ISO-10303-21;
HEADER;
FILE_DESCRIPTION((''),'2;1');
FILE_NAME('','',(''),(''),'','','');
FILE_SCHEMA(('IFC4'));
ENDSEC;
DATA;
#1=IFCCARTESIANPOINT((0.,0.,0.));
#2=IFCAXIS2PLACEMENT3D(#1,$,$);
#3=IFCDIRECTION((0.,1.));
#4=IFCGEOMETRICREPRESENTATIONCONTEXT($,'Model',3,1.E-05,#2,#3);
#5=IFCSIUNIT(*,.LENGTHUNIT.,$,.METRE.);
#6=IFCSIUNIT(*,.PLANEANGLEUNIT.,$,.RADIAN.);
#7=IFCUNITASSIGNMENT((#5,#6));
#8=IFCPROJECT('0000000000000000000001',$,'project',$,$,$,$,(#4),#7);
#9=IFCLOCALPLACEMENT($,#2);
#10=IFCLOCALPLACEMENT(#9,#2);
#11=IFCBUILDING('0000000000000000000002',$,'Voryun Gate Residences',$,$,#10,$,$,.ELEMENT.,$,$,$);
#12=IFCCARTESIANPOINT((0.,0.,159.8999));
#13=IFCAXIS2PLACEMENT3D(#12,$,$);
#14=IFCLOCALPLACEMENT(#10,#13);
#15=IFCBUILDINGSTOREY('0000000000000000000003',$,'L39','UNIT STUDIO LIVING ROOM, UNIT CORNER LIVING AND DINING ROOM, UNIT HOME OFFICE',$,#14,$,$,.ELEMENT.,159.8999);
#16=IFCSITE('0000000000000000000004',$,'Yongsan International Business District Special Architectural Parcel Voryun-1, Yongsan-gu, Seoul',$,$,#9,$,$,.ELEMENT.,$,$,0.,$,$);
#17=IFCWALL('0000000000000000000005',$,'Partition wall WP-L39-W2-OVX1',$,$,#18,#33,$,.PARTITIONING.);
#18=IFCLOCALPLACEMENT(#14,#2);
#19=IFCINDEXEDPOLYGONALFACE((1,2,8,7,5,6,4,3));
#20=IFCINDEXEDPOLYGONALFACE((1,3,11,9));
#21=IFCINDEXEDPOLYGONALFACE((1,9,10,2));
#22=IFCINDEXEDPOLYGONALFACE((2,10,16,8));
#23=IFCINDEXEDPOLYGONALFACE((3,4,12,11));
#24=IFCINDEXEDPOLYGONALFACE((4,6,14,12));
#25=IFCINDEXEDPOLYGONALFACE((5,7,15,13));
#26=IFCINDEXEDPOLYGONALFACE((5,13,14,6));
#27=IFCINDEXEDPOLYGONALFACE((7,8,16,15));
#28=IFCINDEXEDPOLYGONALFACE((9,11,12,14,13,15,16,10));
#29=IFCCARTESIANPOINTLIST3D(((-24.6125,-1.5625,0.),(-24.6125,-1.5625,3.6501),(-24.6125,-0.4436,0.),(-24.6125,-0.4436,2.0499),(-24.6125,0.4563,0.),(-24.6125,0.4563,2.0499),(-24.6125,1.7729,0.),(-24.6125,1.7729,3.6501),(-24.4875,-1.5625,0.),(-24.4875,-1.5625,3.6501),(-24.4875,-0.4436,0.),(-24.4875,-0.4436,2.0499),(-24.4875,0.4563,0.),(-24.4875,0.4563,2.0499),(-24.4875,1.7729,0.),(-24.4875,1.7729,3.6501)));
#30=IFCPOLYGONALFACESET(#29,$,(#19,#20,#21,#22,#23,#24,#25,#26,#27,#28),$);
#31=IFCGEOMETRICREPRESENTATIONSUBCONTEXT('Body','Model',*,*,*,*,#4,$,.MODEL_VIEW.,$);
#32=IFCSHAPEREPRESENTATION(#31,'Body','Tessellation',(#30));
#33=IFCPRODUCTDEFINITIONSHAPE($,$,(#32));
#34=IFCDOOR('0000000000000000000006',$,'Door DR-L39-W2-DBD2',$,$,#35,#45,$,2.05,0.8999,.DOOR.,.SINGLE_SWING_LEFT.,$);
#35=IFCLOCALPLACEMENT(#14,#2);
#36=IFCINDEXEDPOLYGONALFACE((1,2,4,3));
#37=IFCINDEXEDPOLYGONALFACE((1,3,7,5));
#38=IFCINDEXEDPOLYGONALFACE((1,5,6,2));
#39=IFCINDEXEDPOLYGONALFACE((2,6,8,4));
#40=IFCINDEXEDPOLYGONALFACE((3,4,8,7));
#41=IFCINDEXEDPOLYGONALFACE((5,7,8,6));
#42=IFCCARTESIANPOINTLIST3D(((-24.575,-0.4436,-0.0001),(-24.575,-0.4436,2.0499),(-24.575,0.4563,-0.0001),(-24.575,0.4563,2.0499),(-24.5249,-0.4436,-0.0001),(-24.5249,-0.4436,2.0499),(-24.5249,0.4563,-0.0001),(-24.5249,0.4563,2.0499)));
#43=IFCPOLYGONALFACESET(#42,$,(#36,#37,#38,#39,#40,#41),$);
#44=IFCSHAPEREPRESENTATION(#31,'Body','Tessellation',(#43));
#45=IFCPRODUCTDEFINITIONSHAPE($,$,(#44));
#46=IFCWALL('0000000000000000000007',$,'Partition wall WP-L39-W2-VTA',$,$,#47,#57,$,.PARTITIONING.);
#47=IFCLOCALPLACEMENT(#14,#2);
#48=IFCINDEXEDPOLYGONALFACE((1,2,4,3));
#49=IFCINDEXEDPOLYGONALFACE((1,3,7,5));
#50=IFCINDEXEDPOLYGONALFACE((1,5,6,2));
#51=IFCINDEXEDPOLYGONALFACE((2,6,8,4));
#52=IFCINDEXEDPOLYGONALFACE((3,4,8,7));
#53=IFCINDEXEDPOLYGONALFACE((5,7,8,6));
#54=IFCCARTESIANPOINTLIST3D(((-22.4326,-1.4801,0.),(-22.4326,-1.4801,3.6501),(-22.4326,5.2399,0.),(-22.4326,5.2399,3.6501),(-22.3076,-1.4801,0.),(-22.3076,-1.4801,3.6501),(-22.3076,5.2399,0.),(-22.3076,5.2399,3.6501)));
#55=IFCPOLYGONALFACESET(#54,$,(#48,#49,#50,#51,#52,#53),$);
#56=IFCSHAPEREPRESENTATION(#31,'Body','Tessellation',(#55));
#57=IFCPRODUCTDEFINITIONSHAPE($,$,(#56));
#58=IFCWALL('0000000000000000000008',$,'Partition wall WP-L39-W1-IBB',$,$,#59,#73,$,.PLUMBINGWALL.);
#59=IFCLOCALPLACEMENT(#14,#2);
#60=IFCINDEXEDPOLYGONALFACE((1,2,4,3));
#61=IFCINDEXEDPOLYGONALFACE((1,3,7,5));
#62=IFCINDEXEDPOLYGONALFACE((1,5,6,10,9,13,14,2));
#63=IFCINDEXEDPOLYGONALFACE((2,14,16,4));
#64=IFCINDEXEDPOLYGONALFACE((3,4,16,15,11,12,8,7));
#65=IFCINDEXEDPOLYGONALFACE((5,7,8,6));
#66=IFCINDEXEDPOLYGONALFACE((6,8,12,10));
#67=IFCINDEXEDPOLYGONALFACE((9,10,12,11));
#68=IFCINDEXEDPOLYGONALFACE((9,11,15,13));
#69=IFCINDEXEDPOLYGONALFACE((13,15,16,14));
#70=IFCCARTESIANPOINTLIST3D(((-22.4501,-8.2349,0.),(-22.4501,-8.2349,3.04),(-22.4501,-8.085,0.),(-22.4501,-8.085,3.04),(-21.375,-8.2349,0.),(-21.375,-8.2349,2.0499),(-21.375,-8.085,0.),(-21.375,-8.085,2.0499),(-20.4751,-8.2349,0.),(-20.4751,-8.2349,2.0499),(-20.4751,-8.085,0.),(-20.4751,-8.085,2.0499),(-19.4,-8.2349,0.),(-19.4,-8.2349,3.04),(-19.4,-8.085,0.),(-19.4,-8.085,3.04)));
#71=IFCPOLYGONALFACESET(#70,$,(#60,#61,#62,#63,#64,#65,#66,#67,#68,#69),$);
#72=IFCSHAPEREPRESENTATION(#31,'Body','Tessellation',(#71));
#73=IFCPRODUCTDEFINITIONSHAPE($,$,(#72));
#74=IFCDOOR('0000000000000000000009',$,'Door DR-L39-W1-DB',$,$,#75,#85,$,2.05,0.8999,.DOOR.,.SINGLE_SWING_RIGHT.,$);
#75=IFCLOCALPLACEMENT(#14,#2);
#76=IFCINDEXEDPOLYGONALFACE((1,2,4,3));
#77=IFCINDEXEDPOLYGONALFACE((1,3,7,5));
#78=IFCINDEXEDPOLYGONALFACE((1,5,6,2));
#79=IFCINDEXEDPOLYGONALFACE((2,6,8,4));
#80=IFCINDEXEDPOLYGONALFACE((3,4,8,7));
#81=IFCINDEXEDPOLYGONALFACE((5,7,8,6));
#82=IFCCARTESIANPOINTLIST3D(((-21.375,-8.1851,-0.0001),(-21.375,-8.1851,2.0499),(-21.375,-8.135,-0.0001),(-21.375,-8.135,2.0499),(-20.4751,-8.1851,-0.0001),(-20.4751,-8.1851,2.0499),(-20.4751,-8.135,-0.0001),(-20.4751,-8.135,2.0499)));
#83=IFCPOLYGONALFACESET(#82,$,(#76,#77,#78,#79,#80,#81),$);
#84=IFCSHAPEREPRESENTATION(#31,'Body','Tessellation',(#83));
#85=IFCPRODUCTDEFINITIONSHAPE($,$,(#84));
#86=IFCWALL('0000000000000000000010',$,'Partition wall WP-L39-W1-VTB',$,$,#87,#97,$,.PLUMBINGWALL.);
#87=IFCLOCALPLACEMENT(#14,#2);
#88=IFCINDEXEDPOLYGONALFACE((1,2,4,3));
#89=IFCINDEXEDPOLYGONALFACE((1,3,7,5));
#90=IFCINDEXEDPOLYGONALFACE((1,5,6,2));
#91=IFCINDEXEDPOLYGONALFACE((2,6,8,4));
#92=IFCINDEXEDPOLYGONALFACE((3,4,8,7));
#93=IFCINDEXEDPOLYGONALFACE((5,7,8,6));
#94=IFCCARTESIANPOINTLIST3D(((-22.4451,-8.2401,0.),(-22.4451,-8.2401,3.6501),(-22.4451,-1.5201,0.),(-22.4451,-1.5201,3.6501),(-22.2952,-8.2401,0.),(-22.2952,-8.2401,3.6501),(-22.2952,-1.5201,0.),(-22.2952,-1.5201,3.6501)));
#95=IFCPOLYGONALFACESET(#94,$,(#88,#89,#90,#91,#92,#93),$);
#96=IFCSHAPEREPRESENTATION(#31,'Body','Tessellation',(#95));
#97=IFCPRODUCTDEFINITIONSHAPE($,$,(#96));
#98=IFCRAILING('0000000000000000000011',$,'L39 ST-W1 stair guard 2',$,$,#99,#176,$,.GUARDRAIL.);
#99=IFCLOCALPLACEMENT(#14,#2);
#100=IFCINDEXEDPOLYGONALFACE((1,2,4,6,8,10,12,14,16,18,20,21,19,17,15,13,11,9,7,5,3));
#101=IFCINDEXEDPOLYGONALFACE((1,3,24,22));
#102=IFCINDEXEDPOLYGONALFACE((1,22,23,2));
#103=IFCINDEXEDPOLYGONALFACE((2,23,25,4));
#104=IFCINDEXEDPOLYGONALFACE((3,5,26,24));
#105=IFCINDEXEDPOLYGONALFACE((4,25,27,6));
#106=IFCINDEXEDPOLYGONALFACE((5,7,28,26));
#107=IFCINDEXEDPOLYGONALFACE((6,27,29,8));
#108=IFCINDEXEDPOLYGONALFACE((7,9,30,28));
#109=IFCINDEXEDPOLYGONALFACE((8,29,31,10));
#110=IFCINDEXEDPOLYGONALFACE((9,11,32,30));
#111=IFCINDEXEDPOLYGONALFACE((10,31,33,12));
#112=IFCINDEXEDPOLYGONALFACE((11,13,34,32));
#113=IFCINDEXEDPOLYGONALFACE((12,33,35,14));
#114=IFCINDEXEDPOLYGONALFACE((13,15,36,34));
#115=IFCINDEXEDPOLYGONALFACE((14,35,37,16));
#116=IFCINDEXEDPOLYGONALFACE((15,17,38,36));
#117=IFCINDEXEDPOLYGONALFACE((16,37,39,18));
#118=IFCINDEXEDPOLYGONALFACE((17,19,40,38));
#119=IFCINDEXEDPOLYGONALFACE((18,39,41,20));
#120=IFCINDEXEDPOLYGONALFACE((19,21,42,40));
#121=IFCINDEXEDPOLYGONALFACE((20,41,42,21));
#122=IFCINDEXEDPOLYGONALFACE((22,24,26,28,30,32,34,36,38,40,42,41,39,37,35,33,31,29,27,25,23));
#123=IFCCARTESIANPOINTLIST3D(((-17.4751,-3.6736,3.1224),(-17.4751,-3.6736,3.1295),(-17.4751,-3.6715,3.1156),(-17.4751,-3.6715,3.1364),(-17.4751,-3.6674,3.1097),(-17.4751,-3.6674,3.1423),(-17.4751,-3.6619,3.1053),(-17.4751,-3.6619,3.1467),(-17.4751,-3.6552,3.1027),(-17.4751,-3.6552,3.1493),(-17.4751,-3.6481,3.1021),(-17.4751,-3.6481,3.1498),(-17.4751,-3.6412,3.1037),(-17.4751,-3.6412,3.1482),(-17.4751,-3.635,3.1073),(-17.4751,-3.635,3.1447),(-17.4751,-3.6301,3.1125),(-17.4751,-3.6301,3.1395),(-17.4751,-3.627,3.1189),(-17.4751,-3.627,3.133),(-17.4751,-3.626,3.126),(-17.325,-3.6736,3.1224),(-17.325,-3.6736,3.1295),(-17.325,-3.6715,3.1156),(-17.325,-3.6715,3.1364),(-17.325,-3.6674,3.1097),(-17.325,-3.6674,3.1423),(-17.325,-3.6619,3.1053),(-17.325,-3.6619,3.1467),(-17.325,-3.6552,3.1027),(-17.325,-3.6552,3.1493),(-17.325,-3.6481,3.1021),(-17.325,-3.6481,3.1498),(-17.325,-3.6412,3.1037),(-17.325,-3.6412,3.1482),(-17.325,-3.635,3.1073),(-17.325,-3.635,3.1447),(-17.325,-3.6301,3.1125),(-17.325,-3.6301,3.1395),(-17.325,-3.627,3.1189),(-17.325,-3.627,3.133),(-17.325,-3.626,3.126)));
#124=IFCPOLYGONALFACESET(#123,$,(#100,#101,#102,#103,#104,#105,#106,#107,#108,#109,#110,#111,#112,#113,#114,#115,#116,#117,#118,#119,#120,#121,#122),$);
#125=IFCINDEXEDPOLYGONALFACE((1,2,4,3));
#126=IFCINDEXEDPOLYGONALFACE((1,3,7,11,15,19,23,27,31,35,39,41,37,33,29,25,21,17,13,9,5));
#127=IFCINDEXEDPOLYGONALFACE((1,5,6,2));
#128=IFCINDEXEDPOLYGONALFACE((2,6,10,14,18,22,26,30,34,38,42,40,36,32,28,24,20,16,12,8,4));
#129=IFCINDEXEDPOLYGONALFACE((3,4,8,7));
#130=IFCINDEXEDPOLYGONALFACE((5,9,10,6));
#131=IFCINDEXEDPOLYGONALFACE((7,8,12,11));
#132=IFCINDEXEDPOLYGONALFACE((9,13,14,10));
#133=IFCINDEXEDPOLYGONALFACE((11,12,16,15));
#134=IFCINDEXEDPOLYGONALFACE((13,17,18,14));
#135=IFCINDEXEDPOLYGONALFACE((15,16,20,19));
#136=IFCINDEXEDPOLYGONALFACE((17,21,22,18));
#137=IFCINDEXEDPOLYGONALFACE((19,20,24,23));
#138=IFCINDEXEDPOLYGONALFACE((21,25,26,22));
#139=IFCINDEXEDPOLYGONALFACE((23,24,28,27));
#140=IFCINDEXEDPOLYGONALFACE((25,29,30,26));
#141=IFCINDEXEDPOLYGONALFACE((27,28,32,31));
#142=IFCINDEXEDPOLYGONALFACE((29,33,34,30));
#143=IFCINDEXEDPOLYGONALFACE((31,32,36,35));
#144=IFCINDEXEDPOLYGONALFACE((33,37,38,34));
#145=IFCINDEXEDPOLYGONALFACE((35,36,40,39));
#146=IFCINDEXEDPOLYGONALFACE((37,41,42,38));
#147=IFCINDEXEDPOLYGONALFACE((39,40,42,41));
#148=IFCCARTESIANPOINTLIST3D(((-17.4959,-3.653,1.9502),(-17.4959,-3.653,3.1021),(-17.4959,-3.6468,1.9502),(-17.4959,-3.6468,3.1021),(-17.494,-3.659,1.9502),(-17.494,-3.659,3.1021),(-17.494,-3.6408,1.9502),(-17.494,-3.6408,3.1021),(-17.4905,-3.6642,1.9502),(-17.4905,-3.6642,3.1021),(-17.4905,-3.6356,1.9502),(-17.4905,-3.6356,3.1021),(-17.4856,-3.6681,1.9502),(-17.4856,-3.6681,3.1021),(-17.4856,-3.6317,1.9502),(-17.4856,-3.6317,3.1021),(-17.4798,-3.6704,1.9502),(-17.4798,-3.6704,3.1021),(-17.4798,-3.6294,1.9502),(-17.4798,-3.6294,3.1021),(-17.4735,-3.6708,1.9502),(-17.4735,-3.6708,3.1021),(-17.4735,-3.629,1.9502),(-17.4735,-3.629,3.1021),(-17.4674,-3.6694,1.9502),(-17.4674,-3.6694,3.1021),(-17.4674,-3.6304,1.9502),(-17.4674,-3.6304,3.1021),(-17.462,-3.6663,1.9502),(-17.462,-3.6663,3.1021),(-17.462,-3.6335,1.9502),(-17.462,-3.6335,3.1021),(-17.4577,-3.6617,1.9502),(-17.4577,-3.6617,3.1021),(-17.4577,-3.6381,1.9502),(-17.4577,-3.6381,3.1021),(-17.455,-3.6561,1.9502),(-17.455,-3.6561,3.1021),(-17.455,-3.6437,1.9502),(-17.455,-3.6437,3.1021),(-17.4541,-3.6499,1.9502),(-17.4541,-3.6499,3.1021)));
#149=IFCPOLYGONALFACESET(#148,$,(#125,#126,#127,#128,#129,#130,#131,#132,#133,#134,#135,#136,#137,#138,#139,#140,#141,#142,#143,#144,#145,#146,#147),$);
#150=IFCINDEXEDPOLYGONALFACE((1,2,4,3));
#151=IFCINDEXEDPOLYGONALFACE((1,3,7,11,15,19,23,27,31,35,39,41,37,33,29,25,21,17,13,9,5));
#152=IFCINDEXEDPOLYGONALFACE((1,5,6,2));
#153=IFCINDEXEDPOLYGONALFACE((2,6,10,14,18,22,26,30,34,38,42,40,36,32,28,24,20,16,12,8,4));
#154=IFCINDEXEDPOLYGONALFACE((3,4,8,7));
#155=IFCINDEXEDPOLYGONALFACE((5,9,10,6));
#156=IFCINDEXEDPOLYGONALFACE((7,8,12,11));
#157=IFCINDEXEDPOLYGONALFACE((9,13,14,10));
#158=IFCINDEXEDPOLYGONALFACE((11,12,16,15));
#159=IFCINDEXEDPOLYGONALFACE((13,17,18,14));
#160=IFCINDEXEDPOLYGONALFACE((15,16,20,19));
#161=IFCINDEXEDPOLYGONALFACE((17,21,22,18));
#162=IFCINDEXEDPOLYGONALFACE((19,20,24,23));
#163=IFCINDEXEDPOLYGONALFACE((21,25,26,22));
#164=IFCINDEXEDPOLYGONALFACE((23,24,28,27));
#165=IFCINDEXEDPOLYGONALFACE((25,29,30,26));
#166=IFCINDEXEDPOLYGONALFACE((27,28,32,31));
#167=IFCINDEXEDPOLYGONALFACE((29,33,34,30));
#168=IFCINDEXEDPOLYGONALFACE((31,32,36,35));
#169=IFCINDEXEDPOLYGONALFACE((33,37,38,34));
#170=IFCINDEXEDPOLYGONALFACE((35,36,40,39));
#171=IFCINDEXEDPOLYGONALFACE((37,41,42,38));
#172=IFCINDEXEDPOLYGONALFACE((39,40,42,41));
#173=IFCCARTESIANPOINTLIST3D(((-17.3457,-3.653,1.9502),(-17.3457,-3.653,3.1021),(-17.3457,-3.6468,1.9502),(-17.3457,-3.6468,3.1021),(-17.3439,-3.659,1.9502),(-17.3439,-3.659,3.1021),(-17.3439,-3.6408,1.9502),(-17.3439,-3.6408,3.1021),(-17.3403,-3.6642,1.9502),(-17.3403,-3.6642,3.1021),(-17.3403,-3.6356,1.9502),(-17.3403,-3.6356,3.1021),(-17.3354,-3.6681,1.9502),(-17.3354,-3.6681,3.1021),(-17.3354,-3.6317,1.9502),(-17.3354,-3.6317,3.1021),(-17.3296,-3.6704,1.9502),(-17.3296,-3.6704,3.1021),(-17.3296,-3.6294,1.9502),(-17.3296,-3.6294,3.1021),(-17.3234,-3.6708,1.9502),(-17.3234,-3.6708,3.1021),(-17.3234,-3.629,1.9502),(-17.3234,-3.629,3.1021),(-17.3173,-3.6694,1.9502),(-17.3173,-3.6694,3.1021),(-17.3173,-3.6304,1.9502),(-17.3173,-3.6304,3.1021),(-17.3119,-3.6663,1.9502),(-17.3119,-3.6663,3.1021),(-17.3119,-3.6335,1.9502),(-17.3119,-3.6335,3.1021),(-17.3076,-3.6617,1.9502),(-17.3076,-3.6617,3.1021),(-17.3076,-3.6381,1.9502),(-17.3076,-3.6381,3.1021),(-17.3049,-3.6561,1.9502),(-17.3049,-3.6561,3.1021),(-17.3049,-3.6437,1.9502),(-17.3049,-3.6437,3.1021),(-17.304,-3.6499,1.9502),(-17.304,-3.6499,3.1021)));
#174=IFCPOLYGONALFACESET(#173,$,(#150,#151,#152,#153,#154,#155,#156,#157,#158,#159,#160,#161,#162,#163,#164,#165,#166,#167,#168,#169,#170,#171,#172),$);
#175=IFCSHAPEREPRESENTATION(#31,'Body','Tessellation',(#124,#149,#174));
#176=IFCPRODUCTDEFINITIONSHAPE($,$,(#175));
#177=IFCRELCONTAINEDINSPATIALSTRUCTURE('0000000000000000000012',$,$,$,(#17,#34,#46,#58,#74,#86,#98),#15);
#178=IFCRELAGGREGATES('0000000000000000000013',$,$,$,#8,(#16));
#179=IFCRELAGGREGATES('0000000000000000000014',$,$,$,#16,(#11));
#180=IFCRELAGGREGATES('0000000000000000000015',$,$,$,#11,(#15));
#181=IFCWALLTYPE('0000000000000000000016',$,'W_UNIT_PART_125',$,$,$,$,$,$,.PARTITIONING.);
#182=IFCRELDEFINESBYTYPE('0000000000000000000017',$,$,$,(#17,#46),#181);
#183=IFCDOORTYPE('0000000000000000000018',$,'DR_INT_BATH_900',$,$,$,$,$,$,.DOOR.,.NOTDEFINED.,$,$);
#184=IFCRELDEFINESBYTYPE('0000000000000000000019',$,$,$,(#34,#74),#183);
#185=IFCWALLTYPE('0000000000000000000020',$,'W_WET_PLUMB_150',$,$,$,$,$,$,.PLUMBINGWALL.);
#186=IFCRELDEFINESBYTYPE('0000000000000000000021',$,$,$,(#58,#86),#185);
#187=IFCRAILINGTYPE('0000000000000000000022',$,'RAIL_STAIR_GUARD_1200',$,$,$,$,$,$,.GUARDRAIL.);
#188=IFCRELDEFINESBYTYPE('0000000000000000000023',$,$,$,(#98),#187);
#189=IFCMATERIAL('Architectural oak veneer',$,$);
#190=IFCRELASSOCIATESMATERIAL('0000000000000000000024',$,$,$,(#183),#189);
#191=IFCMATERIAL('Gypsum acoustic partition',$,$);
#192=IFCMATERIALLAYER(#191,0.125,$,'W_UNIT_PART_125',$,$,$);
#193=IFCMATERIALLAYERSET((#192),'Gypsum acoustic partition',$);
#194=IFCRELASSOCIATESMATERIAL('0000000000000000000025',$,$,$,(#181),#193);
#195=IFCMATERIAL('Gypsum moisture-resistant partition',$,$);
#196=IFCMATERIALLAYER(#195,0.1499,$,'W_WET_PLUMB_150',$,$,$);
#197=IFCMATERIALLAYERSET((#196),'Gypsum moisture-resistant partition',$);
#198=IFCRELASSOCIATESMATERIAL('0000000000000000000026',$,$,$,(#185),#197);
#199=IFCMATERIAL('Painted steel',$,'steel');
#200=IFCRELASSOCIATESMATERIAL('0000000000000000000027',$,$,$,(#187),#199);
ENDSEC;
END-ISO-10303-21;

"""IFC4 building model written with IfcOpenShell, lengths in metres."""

from ifc_helpers import new_model, si_unit, direction, frame, frame_2d, origin, origin_2d, place, context, subcontext, project, spatial, rectangle, circle, extrude, material, layer, layer_set, type_object, element, fill, save


model = new_model("IFC4")

# Units and contexts
model_context = context("Model", 3, precision=1e-05, world=origin(), true_north=direction((0.0, 1.0)))
body_context = subcontext(model_context, "Body", "Model", "MODEL_VIEW")
ifc_project = project(units=[si_unit("LENGTHUNIT", "METRE"), si_unit("PLANEANGLEUNIT", "RADIAN")], contexts=[model_context])

# Site, building, storey
site_placement = place(None, origin())
site = spatial("IfcSite", under=ifc_project, at=site_placement, Name="Yongsan International Business District Special Architectural Parcel Voryun-1, Yongsan-gu, Seoul", CompositionType="ELEMENT", RefElevation=0.0)
building_placement = place(site_placement, origin())
building = spatial("IfcBuilding", under=site, at=building_placement, Name="Voryun Gate Residences", CompositionType="ELEMENT")
storey_placement = place(building_placement, frame((0.0, 0.0, 159.8999)))
storey = spatial("IfcBuildingStorey", under=building, at=storey_placement, Name="L39", Description="UNIT STUDIO LIVING ROOM, UNIT CORNER LIVING AND DINING ROOM, UNIT HOME OFFICE", CompositionType="ELEMENT", Elevation=159.8999)

# Shared definitions
ifc_material_1 = material(Name="Architectural oak veneer")
door_type_1 = type_object("IfcDoorType", Name="DR_INT_BATH_900", OperationType="NOTDEFINED", PredefinedType="DOOR", material=ifc_material_1)

# Shared definitions
ifc_material_2 = material(Name="Gypsum acoustic partition")
ifc_layer_1 = layer(ifc_material_2, 0.125, Name="W_UNIT_PART_125")
ifc_layer_set_1 = layer_set([ifc_layer_1], Name="Gypsum acoustic partition")
wall_type_1 = type_object("IfcWallType", Name="W_UNIT_PART_125", PredefinedType="PARTITIONING", material=ifc_layer_set_1)

# Wall, opening, door
wall_1_placement = place(storey_placement, frame((-24.55, -1.5625, 0.0), z_axis=(0.0, 0.0, 1.0), x_axis=(0.0, 1.0, 0.0)))
wall_1 = element("IfcWall", 1, at=wall_1_placement, inside=storey, type_object=wall_type_1, Name="Partition wall WP-L39-W2-OVX1", PredefinedType="PARTITIONING", context=body_context, shape_type="SweptSolid", body=[
    extrude(rectangle(XDim=3.3354, YDim=0.125, at=frame_2d((1.6677, 0.0))), origin(), (0.0, 0.0, 1.0), 3.6501),
])
opening_1_placement = place(wall_1_placement, frame((1.1189, 0.0, 0.0)))
opening_1 = element("IfcOpeningElement", 2, at=opening_1_placement, cuts=wall_1, PredefinedType="OPENING", context=body_context, shape_type="SweptSolid", body=[
    extrude(rectangle(XDim=0.8999, YDim=2.05, at=frame_2d((0.45, 1.0249))), frame((0.0, 0.0725, 0.0), z_axis=(0.0, -1.0, 0.0), x_axis=(1.0, 0.0, 0.0)), (0.0, 0.0, 1.0), 0.145),
])
door_1_placement = place(opening_1_placement, origin())
door_1 = element("IfcDoor", 3, at=door_1_placement, inside=storey, type_object=door_type_1, Name="Door DR-L39-W2-DBD2", OperationType="SINGLE_SWING_LEFT", OverallHeight=2.05, OverallWidth=0.8999, PredefinedType="DOOR", context=body_context, shape_type="SweptSolid", body=[
    extrude(rectangle(XDim=0.8999, YDim=2.05, at=frame_2d((0.45, 1.0249))), frame((0.0, 0.0249, 0.0), z_axis=(0.0, -1.0, 0.0), x_axis=(1.0, 0.0, 0.0)), (0.0, 0.0, 1.0), 0.05),
])
fill(opening_1, door_1)

# Wall
wall_2_placement = place(storey_placement, frame((-22.3701, -1.48, 0.0), z_axis=(0.0, 0.0, 1.0), x_axis=(0.0, 1.0, 0.0)))
element("IfcWall", 4, at=wall_2_placement, inside=storey, type_object=wall_type_1, Name="Partition wall WP-L39-W2-VTA", PredefinedType="PARTITIONING", context=body_context, shape_type="SweptSolid", body=[
    extrude(rectangle(XDim=6.72, YDim=0.125, at=frame_2d((3.3599, 0.0))), origin(), (0.0, 0.0, 1.0), 3.6501),
])

# Wall, opening, door
ifc_material_3 = material(Name="Gypsum moisture-resistant partition")
ifc_layer_2 = layer(ifc_material_3, 0.1499, Name="W_WET_PLUMB_150")
ifc_layer_set_2 = layer_set([ifc_layer_2], Name="Gypsum moisture-resistant partition")
wall_type_2 = type_object("IfcWallType", Name="W_WET_PLUMB_150", PredefinedType="PLUMBINGWALL", material=ifc_layer_set_2)
wall_3_placement = place(storey_placement, frame((-22.45, -8.1599, 0.0), z_axis=(0.0, 0.0, 1.0), x_axis=(1.0, 0.0, 0.0)))
wall_3 = element("IfcWall", 5, at=wall_3_placement, inside=storey, type_object=wall_type_2, Name="Partition wall WP-L39-W1-IBB", PredefinedType="PLUMBINGWALL", context=body_context, shape_type="SweptSolid", body=[
    extrude(rectangle(XDim=3.05, YDim=0.1499, at=frame_2d((1.5249, 0.0))), origin(), (0.0, 0.0, 1.0), 3.04),
])
opening_2_placement = place(wall_3_placement, frame((1.075, 0.0, 0.0)))
opening_2 = element("IfcOpeningElement", 6, at=opening_2_placement, cuts=wall_3, PredefinedType="OPENING", context=body_context, shape_type="SweptSolid", body=[
    extrude(rectangle(XDim=0.8999, YDim=2.05, at=frame_2d((0.45, 1.0249))), frame((0.0, 0.085, 0.0), z_axis=(0.0, -1.0, 0.0), x_axis=(1.0, 0.0, 0.0)), (0.0, 0.0, 1.0), 0.1699),
])
door_2_placement = place(opening_2_placement, origin())
door_2 = element("IfcDoor", 7, at=door_2_placement, inside=storey, type_object=door_type_1, Name="Door DR-L39-W1-DB", OperationType="SINGLE_SWING_RIGHT", OverallHeight=2.05, OverallWidth=0.8999, PredefinedType="DOOR", context=body_context, shape_type="SweptSolid", body=[
    extrude(rectangle(XDim=0.8999, YDim=2.05, at=frame_2d((0.45, 1.0249))), frame((0.0, 0.0249, 0.0), z_axis=(0.0, -1.0, 0.0), x_axis=(1.0, 0.0, 0.0)), (0.0, 0.0, 1.0), 0.05),
])
fill(opening_2, door_2)

# Wall
wall_4_placement = place(storey_placement, frame((-22.3701, -8.24, 0.0), z_axis=(0.0, 0.0, 1.0), x_axis=(0.0, 1.0, 0.0)))
element("IfcWall", 8, at=wall_4_placement, inside=storey, type_object=wall_type_2, Name="Partition wall WP-L39-W1-VTB", PredefinedType="PLUMBINGWALL", context=body_context, shape_type="SweptSolid", body=[
    extrude(rectangle(XDim=6.72, YDim=0.1499, at=frame_2d((3.3599, 0.0))), origin(), (0.0, 0.0, 1.0), 3.6501),
])

# Railing
ifc_material_4 = material(Name="Painted steel", Category="steel")
railing_type = type_object("IfcRailingType", Name="RAIL_STAIR_GUARD_1200", PredefinedType="GUARDRAIL", material=ifc_material_4)
railing_1_placement = place(storey_placement, frame((-17.4751, -3.6499, 1.9502)))
element("IfcRailing", 9, at=railing_1_placement, inside=storey, type_object=railing_type, Name="L39 ST-W1 stair guard 2", PredefinedType="GUARDRAIL", context=body_context, shape_type="SweptSolid", body=[
    extrude(circle(Radius=0.0239, at=origin_2d()), frame((0.0, 0.0, 1.1758), z_axis=(1.0, 0.0, 0.0), x_axis=(0.0, 1.0, 0.0)), (0.0, 0.0, 1.0), 0.1501),
    extrude(circle(Radius=0.021, at=origin_2d()), origin(), (0.0, 0.0, 1.0), 1.1519),
    extrude(circle(Radius=0.021, at=origin_2d()), frame((0.1501, 0.0, 0.0)), (0.0, 0.0, 1.0), 1.1519),
])

save(model, "model.ifc")
